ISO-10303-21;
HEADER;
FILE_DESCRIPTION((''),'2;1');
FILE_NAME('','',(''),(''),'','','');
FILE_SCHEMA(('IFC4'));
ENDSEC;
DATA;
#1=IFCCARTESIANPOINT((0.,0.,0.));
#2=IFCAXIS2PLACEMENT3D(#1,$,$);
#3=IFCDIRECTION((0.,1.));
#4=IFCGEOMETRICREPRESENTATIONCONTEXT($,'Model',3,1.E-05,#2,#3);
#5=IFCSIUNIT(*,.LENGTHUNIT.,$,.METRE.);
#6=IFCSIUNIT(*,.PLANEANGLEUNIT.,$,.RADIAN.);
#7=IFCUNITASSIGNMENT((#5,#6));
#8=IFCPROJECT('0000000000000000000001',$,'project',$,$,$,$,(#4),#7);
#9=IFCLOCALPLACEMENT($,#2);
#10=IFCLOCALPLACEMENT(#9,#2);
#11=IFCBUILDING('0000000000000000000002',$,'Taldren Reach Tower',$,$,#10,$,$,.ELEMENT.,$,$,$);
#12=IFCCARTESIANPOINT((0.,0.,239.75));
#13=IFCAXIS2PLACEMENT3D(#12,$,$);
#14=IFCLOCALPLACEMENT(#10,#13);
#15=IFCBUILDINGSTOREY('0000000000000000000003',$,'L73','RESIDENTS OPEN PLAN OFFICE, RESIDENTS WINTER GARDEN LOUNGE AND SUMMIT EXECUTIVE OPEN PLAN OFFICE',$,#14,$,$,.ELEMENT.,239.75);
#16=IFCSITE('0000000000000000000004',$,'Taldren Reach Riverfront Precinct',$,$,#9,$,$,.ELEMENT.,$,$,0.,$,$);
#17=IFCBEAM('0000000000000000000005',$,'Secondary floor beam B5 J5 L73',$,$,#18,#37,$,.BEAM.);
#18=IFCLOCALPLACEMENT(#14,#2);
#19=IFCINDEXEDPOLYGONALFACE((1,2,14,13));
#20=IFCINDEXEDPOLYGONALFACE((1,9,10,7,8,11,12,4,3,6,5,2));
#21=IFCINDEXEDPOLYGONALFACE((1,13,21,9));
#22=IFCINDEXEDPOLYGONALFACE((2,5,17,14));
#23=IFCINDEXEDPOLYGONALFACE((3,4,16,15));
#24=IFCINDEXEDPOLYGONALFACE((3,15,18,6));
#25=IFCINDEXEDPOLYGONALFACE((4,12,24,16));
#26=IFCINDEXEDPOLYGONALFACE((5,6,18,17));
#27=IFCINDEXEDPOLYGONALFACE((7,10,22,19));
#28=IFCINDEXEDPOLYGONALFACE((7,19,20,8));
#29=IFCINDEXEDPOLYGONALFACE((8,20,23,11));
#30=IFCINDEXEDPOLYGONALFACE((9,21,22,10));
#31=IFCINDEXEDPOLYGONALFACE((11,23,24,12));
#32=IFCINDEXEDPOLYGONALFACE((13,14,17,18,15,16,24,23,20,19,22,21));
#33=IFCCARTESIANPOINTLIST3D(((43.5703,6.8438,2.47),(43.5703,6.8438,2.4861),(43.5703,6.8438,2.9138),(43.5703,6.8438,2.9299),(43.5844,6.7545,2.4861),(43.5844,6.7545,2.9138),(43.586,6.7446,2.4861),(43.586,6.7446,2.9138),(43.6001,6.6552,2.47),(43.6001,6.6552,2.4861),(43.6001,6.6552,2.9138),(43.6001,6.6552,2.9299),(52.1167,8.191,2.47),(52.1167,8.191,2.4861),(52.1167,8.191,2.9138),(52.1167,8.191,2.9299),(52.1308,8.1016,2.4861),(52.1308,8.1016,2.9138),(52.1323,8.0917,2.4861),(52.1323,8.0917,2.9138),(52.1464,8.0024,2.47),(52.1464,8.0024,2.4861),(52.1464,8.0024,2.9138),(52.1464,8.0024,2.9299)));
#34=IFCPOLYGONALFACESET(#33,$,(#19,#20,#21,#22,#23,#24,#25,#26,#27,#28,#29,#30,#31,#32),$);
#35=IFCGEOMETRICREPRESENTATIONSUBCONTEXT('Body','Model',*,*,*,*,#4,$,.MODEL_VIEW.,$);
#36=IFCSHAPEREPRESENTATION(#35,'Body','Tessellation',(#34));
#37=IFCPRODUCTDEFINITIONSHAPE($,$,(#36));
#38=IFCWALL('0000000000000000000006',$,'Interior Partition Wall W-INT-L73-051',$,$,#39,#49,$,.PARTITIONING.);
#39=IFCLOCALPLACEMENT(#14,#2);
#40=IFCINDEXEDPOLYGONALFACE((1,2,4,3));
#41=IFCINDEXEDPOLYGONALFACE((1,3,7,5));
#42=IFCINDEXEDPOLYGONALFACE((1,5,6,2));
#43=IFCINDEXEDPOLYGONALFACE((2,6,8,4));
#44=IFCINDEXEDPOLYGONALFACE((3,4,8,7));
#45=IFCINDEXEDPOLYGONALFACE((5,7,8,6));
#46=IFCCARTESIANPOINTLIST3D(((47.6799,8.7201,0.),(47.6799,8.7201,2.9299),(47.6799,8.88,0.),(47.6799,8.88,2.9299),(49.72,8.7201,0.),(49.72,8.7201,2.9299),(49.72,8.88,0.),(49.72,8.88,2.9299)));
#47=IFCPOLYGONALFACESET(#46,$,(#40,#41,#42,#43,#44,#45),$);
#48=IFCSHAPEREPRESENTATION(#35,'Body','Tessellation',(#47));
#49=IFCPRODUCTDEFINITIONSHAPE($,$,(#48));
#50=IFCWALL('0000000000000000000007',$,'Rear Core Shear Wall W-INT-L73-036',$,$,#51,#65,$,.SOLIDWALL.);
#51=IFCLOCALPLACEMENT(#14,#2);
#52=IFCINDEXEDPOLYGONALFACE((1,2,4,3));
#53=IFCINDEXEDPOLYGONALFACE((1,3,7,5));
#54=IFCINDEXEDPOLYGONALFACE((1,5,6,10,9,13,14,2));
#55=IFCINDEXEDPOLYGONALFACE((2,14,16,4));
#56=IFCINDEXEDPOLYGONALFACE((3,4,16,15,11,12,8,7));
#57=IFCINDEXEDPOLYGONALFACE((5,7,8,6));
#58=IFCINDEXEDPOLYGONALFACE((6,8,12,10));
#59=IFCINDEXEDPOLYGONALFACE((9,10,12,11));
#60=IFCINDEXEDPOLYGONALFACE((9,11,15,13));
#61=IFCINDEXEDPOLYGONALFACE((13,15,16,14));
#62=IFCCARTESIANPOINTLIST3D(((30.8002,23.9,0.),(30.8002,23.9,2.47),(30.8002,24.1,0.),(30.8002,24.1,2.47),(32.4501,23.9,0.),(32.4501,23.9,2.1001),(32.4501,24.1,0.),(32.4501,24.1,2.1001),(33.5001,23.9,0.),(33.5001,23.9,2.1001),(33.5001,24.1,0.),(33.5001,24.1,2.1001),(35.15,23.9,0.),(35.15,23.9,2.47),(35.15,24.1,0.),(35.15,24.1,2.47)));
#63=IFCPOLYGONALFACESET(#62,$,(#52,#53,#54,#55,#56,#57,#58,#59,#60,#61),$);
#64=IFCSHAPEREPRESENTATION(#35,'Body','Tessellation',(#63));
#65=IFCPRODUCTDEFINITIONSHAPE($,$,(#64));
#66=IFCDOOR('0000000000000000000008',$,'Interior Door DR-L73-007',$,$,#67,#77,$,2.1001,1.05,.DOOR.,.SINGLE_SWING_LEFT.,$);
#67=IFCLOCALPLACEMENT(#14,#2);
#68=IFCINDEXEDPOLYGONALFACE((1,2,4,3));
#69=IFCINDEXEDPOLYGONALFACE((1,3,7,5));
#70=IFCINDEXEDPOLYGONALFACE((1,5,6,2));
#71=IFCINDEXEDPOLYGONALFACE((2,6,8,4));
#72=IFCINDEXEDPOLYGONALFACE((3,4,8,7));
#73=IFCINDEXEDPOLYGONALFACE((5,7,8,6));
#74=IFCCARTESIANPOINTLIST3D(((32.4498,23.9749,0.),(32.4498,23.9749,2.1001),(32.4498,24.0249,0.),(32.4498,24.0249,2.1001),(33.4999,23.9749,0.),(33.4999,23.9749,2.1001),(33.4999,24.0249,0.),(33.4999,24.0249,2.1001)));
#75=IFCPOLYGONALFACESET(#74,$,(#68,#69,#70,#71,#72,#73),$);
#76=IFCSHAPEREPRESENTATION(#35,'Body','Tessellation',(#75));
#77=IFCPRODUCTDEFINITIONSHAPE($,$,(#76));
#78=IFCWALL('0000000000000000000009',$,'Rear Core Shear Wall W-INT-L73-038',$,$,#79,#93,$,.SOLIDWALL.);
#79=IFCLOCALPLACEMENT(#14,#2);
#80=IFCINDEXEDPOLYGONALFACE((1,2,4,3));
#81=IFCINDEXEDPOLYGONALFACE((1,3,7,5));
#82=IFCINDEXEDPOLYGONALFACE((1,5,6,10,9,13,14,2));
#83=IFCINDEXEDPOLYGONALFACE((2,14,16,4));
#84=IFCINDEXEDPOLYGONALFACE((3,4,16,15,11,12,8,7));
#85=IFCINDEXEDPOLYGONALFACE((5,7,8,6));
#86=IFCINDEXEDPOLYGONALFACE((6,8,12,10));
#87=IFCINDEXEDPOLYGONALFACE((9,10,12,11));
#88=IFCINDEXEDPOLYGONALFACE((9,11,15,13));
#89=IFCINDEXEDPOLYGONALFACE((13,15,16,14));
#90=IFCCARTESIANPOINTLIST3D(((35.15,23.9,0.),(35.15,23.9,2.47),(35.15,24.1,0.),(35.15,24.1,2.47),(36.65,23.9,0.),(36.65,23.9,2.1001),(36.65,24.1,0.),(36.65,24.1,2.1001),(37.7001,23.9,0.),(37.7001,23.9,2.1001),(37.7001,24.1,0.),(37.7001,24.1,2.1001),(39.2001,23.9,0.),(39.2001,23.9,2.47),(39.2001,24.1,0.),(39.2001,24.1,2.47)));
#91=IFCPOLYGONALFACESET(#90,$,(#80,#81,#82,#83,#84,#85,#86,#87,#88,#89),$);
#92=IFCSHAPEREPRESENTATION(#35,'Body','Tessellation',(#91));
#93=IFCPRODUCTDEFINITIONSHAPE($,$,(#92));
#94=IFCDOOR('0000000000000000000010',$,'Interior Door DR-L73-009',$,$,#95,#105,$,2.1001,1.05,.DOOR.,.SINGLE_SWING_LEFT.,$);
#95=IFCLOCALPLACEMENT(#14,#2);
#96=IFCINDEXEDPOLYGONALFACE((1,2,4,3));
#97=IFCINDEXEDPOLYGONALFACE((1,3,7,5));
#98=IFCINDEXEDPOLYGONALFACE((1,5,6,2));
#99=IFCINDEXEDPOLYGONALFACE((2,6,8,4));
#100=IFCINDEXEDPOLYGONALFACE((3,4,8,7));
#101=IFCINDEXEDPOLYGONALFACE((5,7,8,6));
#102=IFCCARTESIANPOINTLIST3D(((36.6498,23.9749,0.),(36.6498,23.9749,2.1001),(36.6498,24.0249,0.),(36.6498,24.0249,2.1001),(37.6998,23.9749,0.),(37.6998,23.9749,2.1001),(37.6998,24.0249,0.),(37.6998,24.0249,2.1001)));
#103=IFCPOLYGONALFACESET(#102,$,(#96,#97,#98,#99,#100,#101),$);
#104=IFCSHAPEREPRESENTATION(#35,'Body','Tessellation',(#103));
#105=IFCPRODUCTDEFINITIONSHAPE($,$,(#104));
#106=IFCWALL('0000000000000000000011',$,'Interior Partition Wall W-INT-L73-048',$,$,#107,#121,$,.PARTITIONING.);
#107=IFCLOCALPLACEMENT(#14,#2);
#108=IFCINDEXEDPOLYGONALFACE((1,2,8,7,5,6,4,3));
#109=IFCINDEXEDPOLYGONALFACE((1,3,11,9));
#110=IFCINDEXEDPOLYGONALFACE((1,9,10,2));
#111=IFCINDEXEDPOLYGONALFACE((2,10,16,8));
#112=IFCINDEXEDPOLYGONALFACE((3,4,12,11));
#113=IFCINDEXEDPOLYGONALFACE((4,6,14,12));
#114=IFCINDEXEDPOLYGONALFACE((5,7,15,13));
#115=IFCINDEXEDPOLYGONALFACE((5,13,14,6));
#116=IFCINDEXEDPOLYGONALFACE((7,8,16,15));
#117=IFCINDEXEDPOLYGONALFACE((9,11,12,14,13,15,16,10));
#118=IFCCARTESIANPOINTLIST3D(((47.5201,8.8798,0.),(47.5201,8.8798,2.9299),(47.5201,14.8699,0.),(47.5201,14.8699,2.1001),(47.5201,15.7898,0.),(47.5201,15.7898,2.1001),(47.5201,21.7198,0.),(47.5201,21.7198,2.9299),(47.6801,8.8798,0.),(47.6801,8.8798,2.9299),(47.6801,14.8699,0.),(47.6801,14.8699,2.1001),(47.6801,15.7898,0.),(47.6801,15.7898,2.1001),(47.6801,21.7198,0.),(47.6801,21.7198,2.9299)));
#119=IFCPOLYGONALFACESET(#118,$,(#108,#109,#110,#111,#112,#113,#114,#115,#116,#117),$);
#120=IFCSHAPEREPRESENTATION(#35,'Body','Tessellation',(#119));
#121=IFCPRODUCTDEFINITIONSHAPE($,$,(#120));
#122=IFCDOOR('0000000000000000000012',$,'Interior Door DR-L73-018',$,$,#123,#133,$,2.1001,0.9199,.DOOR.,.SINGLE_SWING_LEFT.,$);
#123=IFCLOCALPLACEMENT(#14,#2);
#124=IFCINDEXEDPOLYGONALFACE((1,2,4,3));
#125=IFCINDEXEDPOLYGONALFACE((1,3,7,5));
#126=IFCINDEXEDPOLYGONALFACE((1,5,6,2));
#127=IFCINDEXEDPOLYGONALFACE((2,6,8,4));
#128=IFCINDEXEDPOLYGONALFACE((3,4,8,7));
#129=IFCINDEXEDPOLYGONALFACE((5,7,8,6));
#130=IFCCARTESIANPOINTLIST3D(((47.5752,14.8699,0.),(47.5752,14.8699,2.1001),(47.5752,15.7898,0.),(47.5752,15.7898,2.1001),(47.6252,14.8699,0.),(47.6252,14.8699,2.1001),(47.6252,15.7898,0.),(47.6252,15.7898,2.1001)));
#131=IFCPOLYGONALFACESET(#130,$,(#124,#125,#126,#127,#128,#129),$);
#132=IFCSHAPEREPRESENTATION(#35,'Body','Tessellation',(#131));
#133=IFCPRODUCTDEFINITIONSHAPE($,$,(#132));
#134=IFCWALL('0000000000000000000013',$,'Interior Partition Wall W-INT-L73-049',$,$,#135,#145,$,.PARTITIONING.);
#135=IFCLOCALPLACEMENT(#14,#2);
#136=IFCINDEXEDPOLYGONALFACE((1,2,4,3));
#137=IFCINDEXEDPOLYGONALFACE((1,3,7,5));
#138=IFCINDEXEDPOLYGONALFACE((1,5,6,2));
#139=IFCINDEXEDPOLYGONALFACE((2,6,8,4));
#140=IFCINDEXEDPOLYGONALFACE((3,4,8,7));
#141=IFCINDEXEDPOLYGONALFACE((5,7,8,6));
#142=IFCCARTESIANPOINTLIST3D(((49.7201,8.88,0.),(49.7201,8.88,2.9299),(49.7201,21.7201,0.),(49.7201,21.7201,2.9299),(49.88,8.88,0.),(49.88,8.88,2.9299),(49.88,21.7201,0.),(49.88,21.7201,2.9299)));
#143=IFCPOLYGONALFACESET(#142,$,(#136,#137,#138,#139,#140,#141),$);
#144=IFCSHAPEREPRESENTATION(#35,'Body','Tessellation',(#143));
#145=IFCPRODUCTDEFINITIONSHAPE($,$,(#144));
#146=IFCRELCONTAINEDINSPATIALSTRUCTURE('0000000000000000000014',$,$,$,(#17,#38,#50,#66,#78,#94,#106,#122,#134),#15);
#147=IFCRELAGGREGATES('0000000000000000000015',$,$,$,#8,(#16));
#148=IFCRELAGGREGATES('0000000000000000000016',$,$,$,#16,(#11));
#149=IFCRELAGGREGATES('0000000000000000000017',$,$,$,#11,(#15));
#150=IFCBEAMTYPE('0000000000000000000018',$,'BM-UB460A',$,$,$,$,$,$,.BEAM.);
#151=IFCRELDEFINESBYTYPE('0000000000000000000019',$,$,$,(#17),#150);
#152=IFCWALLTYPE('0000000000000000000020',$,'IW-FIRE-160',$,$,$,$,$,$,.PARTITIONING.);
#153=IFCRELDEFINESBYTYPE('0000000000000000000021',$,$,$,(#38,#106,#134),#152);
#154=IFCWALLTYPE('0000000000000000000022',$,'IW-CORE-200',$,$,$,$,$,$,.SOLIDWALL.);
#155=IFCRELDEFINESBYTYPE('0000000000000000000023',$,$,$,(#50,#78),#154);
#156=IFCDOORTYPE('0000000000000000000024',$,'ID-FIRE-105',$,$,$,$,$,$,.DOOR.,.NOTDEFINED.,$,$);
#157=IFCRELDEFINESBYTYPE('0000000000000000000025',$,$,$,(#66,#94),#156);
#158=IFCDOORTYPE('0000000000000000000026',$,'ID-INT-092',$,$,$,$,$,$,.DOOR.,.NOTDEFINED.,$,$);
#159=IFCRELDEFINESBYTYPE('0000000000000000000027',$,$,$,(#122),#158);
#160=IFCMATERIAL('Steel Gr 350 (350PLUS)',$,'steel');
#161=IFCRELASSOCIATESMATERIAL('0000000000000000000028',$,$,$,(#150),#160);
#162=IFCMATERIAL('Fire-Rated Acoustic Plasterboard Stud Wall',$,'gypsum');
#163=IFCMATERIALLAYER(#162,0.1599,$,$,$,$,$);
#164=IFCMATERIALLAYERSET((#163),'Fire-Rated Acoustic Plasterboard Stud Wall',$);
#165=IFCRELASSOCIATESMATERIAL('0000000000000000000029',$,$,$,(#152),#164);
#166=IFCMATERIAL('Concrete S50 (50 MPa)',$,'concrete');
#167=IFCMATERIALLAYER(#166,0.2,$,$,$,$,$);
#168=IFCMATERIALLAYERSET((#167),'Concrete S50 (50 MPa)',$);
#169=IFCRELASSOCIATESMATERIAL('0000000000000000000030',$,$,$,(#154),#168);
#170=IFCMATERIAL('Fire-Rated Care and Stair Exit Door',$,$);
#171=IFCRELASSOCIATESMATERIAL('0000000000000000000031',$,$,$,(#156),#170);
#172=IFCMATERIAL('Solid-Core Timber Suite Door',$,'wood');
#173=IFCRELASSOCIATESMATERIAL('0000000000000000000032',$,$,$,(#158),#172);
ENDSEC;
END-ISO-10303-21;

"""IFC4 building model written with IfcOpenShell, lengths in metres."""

from ifc_helpers import new_model, si_unit, direction, frame, frame_2d, origin, origin_2d, place, context, subcontext, project, spatial, rectangle, i_section, extrude, source, transform, mapped, material, layer, layer_set, material_profile, profile_set, type_object, element, fill, save


model = new_model("IFC4")

# Units and contexts
model_context = context("Model", 3, precision=1e-05, world=origin(), true_north=direction((0.0, 1.0)))
body_context = subcontext(model_context, "Body", "Model", "MODEL_VIEW")
ifc_project = project(units=[si_unit("LENGTHUNIT", "METRE"), si_unit("PLANEANGLEUNIT", "RADIAN")], contexts=[model_context])

# Site, building, storey
site_placement = place(None, origin())
site = spatial("IfcSite", under=ifc_project, at=site_placement, Name="Taldren Reach Riverfront Precinct", CompositionType="ELEMENT", RefElevation=0.0)
building_placement = place(site_placement, origin())
building = spatial("IfcBuilding", under=site, at=building_placement, Name="Taldren Reach Tower", CompositionType="ELEMENT")
storey_placement = place(building_placement, frame((0.0, 0.0, 239.75)))
storey = spatial("IfcBuildingStorey", under=building, at=storey_placement, Name="L73", Description="RESIDENTS OPEN PLAN OFFICE, RESIDENTS WINTER GARDEN LOUNGE AND SUMMIT EXECUTIVE OPEN PLAN OFFICE", CompositionType="ELEMENT", Elevation=239.75)

# Shared definitions
ifc_material_1 = material(Name="Steel Gr 350 (350PLUS)", Category="steel")

# Shared definitions
ifc_material_profile_1 = material_profile(ifc_material_1, i_section(OverallWidth=0.1909, OverallDepth=0.46, WebThickness=0.01, FlangeThickness=0.0161, at=origin_2d()), Name="460UB82.1")
ifc_profile_set_1 = profile_set([ifc_material_profile_1], Name="Steel Gr 350 (350PLUS)")
beam_type_1 = type_object("IfcBeamType", Name="BM-UB460A", PredefinedType="BEAM", material=ifc_profile_set_1)

# Beam
shared_shape_1 = source(origin(), body_context, "Body", "SweptSolid", [
    extrude(i_section(OverallWidth=0.1909, OverallDepth=0.46, WebThickness=0.01, FlangeThickness=0.0161, at=origin_2d()), origin(), (0.0, 0.0, 1.0), 8.6519),
])
beam_1_placement = place(storey_placement, frame((43.5852, 6.7495, 2.7), z_axis=(0.987803, 0.155708, 0.0), x_axis=(-0.155708, 0.987803, 0.0)))
element("IfcBeam", 1, at=beam_1_placement, inside=storey, type_object=beam_type_1, Name="Secondary floor beam B5 J5 L73", PredefinedType="BEAM", context=body_context, shape_type="MappedRepresentation", body=[
    mapped(shared_shape_1, transform((0.0, 0.0, 0.0), scale=1.0)),
])

# Wall
ifc_material_2 = material(Name="Fire-Rated Acoustic Plasterboard Stud Wall", Category="gypsum")
ifc_layer_1 = layer(ifc_material_2, 0.1599)
ifc_layer_set_1 = layer_set([ifc_layer_1], Name="Fire-Rated Acoustic Plasterboard Stud Wall")
wall_type_1 = type_object("IfcWallType", Name="IW-FIRE-160", PredefinedType="PARTITIONING", material=ifc_layer_set_1)
shared_shape_2 = source(origin(), body_context, "Body", "SweptSolid", [
    extrude(rectangle(XDim=2.04, YDim=0.1599, at=frame_2d((1.02, 0.0))), origin(), (0.0, 0.0, 1.0), 2.9299),
])
wall_1_placement = place(storey_placement, frame((49.72, 8.8, 0.0), z_axis=(0.0, 0.0, 1.0), x_axis=(-1.0, 0.0, 0.0)))
element("IfcWall", 2, at=wall_1_placement, inside=storey, type_object=wall_type_1, Name="Interior Partition Wall W-INT-L73-051", PredefinedType="PARTITIONING", context=body_context, shape_type="MappedRepresentation", body=[
    mapped(shared_shape_2, transform((0.0, 0.0, 0.0), scale=1.0)),
])

# Walls, openings, doors
ifc_material_3 = material(Name="Concrete S50 (50 MPa)", Category="concrete")
ifc_layer_2 = layer(ifc_material_3, 0.2)
ifc_layer_set_2 = layer_set([ifc_layer_2], Name="Concrete S50 (50 MPa)")
wall_type_2 = type_object("IfcWallType", Name="IW-CORE-200", PredefinedType="SOLIDWALL", material=ifc_layer_set_2)
shared_shape_3 = source(origin(), body_context, "Body", "SweptSolid", [
    extrude(rectangle(XDim=4.3499, YDim=0.2, at=frame_2d((2.1748, 0.0))), origin(), (0.0, 0.0, 1.0), 2.47),
])
wall_2_placement = place(storey_placement, frame((35.1499, 24.0, 0.0), z_axis=(0.0, 0.0, 1.0), x_axis=(-1.0, 0.0, 0.0)))
wall_2 = element("IfcWall", 3, at=wall_2_placement, inside=storey, type_object=wall_type_2, Name="Rear Core Shear Wall W-INT-L73-036", PredefinedType="SOLIDWALL", context=body_context, shape_type="MappedRepresentation", body=[
    mapped(shared_shape_3, transform((0.0, 0.0, 0.0), scale=1.0)),
])
shared_shape_4 = source(origin(), body_context, "Body", "SweptSolid", [
    extrude(rectangle(XDim=1.05, YDim=2.1001, at=frame_2d((0.5249, 1.05))), frame((0.0, 0.1099, 0.0), z_axis=(0.0, -1.0, 0.0), x_axis=(1.0, 0.0, 0.0)), (0.0, 0.0, 1.0), 0.22),
])
opening_1_placement = place(wall_2_placement, frame((1.6499, 0.0, 0.0)))
opening_1 = element("IfcOpeningElement", 4, at=opening_1_placement, cuts=wall_2, PredefinedType="OPENING", context=body_context, shape_type="MappedRepresentation", body=[
    mapped(shared_shape_4, transform((0.0, 0.0, 0.0), scale=1.0)),
])
ifc_material_4 = material(Name="Fire-Rated Care and Stair Exit Door")
door_type_1 = type_object("IfcDoorType", Name="ID-FIRE-105", OperationType="NOTDEFINED", PredefinedType="DOOR", material=ifc_material_4)
shared_shape_5 = source(origin(), body_context, "Body", "SweptSolid", [
    extrude(rectangle(XDim=1.05, YDim=2.1001, at=frame_2d((0.5249, 1.05))), frame((0.0, 0.0249, 0.0), z_axis=(0.0, -1.0, 0.0), x_axis=(1.0, 0.0, 0.0)), (0.0, 0.0, 1.0), 0.05),
])
door_1_placement = place(opening_1_placement, frame((1.05, 0.0, 0.0), z_axis=(0.0, 0.0, 1.0), x_axis=(-1.0, 0.0, 0.0)))
door_1 = element("IfcDoor", 5, at=door_1_placement, inside=storey, type_object=door_type_1, Name="Interior Door DR-L73-007", OperationType="SINGLE_SWING_LEFT", OverallHeight=2.1001, OverallWidth=1.05, PredefinedType="DOOR", context=body_context, shape_type="MappedRepresentation", body=[
    mapped(shared_shape_5, transform((0.0, 0.0, 0.0), scale=1.0)),
])
fill(opening_1, door_1)
shared_shape_6 = source(origin(), body_context, "Body", "SweptSolid", [
    extrude(rectangle(XDim=4.05, YDim=0.2, at=frame_2d((2.0249, 0.0))), origin(), (0.0, 0.0, 1.0), 2.47),
])
wall_3_placement = place(storey_placement, frame((39.2, 24.0, 0.0), z_axis=(0.0, 0.0, 1.0), x_axis=(-1.0, 0.0, 0.0)))
wall_3 = element("IfcWall", 6, at=wall_3_placement, inside=storey, type_object=wall_type_2, Name="Rear Core Shear Wall W-INT-L73-038", PredefinedType="SOLIDWALL", context=body_context, shape_type="MappedRepresentation", body=[
    mapped(shared_shape_6, transform((0.0, 0.0, 0.0), scale=1.0)),
])
opening_2_placement = place(wall_3_placement, frame((1.5, 0.0, 0.0)))
opening_2 = element("IfcOpeningElement", 7, at=opening_2_placement, cuts=wall_3, PredefinedType="OPENING", context=body_context, shape_type="MappedRepresentation", body=[
    mapped(shared_shape_4, transform((0.0, 0.0, 0.0), scale=1.0)),
])
door_2_placement = place(opening_2_placement, frame((1.05, 0.0, 0.0), z_axis=(0.0, 0.0, 1.0), x_axis=(-1.0, 0.0, 0.0)))
door_2 = element("IfcDoor", 8, at=door_2_placement, inside=storey, type_object=door_type_1, Name="Interior Door DR-L73-009", OperationType="SINGLE_SWING_LEFT", OverallHeight=2.1001, OverallWidth=1.05, PredefinedType="DOOR", context=body_context, shape_type="MappedRepresentation", body=[
    mapped(shared_shape_5, transform((0.0, 0.0, 0.0), scale=1.0)),
])
fill(opening_2, door_2)
shared_shape_7 = source(origin(), body_context, "Body", "SweptSolid", [
    extrude(rectangle(XDim=12.8401, YDim=0.1599, at=frame_2d((6.4199, 0.0))), origin(), (0.0, 0.0, 1.0), 2.9299),
])
wall_4_placement = place(storey_placement, frame((47.6001, 8.8799, 0.0), z_axis=(0.0, 0.0, 1.0), x_axis=(0.0, 1.0, 0.0)))
wall_4 = element("IfcWall", 9, at=wall_4_placement, inside=storey, type_object=wall_type_1, Name="Interior Partition Wall W-INT-L73-048", PredefinedType="PARTITIONING", context=body_context, shape_type="MappedRepresentation", body=[
    mapped(shared_shape_7, transform((0.0, 0.0, 0.0), scale=1.0)),
])
shared_shape_8 = source(origin(), body_context, "Body", "SweptSolid", [
    extrude(rectangle(XDim=0.9199, YDim=2.1001, at=frame_2d((0.46, 1.05))), frame((0.0, 0.0898, 0.0), z_axis=(0.0, -1.0, 0.0), x_axis=(1.0, 0.0, 0.0)), (0.0, 0.0, 1.0), 0.1799),
])
opening_3_placement = place(wall_4_placement, frame((5.99, 0.0, 0.0)))
opening_3 = element("IfcOpeningElement", 10, at=opening_3_placement, cuts=wall_4, PredefinedType="OPENING", context=body_context, shape_type="MappedRepresentation", body=[
    mapped(shared_shape_8, transform((0.0, 0.0, 0.0), scale=1.0)),
])
ifc_material_5 = material(Name="Solid-Core Timber Suite Door", Category="wood")
door_type_2 = type_object("IfcDoorType", Name="ID-INT-092", OperationType="NOTDEFINED", PredefinedType="DOOR", material=ifc_material_5)
shared_shape_9 = source(origin(), body_context, "Body", "SweptSolid", [
    extrude(rectangle(XDim=0.9199, YDim=2.1001, at=frame_2d((0.46, 1.05))), frame((0.0, 0.0249, 0.0), z_axis=(0.0, -1.0, 0.0), x_axis=(1.0, 0.0, 0.0)), (0.0, 0.0, 1.0), 0.05),
])
door_3_placement = place(opening_3_placement, origin())
door_3 = element("IfcDoor", 11, at=door_3_placement, inside=storey, type_object=door_type_2, Name="Interior Door DR-L73-018", OperationType="SINGLE_SWING_LEFT", OverallHeight=2.1001, OverallWidth=0.9199, PredefinedType="DOOR", context=body_context, shape_type="MappedRepresentation", body=[
    mapped(shared_shape_9, transform((0.0, 0.0, 0.0), scale=1.0)),
])
fill(opening_3, door_3)

# Wall
wall_5_placement = place(storey_placement, frame((49.8, 21.72, 0.0), z_axis=(0.0, 0.0, 1.0), x_axis=(0.0, -1.0, 0.0)))
element("IfcWall", 12, at=wall_5_placement, inside=storey, type_object=wall_type_1, Name="Interior Partition Wall W-INT-L73-049", PredefinedType="PARTITIONING", context=body_context, shape_type="MappedRepresentation", body=[
    mapped(shared_shape_7, transform((0.0, 0.0, 0.0), scale=1.0)),
])

save(model, "model.ifc")
